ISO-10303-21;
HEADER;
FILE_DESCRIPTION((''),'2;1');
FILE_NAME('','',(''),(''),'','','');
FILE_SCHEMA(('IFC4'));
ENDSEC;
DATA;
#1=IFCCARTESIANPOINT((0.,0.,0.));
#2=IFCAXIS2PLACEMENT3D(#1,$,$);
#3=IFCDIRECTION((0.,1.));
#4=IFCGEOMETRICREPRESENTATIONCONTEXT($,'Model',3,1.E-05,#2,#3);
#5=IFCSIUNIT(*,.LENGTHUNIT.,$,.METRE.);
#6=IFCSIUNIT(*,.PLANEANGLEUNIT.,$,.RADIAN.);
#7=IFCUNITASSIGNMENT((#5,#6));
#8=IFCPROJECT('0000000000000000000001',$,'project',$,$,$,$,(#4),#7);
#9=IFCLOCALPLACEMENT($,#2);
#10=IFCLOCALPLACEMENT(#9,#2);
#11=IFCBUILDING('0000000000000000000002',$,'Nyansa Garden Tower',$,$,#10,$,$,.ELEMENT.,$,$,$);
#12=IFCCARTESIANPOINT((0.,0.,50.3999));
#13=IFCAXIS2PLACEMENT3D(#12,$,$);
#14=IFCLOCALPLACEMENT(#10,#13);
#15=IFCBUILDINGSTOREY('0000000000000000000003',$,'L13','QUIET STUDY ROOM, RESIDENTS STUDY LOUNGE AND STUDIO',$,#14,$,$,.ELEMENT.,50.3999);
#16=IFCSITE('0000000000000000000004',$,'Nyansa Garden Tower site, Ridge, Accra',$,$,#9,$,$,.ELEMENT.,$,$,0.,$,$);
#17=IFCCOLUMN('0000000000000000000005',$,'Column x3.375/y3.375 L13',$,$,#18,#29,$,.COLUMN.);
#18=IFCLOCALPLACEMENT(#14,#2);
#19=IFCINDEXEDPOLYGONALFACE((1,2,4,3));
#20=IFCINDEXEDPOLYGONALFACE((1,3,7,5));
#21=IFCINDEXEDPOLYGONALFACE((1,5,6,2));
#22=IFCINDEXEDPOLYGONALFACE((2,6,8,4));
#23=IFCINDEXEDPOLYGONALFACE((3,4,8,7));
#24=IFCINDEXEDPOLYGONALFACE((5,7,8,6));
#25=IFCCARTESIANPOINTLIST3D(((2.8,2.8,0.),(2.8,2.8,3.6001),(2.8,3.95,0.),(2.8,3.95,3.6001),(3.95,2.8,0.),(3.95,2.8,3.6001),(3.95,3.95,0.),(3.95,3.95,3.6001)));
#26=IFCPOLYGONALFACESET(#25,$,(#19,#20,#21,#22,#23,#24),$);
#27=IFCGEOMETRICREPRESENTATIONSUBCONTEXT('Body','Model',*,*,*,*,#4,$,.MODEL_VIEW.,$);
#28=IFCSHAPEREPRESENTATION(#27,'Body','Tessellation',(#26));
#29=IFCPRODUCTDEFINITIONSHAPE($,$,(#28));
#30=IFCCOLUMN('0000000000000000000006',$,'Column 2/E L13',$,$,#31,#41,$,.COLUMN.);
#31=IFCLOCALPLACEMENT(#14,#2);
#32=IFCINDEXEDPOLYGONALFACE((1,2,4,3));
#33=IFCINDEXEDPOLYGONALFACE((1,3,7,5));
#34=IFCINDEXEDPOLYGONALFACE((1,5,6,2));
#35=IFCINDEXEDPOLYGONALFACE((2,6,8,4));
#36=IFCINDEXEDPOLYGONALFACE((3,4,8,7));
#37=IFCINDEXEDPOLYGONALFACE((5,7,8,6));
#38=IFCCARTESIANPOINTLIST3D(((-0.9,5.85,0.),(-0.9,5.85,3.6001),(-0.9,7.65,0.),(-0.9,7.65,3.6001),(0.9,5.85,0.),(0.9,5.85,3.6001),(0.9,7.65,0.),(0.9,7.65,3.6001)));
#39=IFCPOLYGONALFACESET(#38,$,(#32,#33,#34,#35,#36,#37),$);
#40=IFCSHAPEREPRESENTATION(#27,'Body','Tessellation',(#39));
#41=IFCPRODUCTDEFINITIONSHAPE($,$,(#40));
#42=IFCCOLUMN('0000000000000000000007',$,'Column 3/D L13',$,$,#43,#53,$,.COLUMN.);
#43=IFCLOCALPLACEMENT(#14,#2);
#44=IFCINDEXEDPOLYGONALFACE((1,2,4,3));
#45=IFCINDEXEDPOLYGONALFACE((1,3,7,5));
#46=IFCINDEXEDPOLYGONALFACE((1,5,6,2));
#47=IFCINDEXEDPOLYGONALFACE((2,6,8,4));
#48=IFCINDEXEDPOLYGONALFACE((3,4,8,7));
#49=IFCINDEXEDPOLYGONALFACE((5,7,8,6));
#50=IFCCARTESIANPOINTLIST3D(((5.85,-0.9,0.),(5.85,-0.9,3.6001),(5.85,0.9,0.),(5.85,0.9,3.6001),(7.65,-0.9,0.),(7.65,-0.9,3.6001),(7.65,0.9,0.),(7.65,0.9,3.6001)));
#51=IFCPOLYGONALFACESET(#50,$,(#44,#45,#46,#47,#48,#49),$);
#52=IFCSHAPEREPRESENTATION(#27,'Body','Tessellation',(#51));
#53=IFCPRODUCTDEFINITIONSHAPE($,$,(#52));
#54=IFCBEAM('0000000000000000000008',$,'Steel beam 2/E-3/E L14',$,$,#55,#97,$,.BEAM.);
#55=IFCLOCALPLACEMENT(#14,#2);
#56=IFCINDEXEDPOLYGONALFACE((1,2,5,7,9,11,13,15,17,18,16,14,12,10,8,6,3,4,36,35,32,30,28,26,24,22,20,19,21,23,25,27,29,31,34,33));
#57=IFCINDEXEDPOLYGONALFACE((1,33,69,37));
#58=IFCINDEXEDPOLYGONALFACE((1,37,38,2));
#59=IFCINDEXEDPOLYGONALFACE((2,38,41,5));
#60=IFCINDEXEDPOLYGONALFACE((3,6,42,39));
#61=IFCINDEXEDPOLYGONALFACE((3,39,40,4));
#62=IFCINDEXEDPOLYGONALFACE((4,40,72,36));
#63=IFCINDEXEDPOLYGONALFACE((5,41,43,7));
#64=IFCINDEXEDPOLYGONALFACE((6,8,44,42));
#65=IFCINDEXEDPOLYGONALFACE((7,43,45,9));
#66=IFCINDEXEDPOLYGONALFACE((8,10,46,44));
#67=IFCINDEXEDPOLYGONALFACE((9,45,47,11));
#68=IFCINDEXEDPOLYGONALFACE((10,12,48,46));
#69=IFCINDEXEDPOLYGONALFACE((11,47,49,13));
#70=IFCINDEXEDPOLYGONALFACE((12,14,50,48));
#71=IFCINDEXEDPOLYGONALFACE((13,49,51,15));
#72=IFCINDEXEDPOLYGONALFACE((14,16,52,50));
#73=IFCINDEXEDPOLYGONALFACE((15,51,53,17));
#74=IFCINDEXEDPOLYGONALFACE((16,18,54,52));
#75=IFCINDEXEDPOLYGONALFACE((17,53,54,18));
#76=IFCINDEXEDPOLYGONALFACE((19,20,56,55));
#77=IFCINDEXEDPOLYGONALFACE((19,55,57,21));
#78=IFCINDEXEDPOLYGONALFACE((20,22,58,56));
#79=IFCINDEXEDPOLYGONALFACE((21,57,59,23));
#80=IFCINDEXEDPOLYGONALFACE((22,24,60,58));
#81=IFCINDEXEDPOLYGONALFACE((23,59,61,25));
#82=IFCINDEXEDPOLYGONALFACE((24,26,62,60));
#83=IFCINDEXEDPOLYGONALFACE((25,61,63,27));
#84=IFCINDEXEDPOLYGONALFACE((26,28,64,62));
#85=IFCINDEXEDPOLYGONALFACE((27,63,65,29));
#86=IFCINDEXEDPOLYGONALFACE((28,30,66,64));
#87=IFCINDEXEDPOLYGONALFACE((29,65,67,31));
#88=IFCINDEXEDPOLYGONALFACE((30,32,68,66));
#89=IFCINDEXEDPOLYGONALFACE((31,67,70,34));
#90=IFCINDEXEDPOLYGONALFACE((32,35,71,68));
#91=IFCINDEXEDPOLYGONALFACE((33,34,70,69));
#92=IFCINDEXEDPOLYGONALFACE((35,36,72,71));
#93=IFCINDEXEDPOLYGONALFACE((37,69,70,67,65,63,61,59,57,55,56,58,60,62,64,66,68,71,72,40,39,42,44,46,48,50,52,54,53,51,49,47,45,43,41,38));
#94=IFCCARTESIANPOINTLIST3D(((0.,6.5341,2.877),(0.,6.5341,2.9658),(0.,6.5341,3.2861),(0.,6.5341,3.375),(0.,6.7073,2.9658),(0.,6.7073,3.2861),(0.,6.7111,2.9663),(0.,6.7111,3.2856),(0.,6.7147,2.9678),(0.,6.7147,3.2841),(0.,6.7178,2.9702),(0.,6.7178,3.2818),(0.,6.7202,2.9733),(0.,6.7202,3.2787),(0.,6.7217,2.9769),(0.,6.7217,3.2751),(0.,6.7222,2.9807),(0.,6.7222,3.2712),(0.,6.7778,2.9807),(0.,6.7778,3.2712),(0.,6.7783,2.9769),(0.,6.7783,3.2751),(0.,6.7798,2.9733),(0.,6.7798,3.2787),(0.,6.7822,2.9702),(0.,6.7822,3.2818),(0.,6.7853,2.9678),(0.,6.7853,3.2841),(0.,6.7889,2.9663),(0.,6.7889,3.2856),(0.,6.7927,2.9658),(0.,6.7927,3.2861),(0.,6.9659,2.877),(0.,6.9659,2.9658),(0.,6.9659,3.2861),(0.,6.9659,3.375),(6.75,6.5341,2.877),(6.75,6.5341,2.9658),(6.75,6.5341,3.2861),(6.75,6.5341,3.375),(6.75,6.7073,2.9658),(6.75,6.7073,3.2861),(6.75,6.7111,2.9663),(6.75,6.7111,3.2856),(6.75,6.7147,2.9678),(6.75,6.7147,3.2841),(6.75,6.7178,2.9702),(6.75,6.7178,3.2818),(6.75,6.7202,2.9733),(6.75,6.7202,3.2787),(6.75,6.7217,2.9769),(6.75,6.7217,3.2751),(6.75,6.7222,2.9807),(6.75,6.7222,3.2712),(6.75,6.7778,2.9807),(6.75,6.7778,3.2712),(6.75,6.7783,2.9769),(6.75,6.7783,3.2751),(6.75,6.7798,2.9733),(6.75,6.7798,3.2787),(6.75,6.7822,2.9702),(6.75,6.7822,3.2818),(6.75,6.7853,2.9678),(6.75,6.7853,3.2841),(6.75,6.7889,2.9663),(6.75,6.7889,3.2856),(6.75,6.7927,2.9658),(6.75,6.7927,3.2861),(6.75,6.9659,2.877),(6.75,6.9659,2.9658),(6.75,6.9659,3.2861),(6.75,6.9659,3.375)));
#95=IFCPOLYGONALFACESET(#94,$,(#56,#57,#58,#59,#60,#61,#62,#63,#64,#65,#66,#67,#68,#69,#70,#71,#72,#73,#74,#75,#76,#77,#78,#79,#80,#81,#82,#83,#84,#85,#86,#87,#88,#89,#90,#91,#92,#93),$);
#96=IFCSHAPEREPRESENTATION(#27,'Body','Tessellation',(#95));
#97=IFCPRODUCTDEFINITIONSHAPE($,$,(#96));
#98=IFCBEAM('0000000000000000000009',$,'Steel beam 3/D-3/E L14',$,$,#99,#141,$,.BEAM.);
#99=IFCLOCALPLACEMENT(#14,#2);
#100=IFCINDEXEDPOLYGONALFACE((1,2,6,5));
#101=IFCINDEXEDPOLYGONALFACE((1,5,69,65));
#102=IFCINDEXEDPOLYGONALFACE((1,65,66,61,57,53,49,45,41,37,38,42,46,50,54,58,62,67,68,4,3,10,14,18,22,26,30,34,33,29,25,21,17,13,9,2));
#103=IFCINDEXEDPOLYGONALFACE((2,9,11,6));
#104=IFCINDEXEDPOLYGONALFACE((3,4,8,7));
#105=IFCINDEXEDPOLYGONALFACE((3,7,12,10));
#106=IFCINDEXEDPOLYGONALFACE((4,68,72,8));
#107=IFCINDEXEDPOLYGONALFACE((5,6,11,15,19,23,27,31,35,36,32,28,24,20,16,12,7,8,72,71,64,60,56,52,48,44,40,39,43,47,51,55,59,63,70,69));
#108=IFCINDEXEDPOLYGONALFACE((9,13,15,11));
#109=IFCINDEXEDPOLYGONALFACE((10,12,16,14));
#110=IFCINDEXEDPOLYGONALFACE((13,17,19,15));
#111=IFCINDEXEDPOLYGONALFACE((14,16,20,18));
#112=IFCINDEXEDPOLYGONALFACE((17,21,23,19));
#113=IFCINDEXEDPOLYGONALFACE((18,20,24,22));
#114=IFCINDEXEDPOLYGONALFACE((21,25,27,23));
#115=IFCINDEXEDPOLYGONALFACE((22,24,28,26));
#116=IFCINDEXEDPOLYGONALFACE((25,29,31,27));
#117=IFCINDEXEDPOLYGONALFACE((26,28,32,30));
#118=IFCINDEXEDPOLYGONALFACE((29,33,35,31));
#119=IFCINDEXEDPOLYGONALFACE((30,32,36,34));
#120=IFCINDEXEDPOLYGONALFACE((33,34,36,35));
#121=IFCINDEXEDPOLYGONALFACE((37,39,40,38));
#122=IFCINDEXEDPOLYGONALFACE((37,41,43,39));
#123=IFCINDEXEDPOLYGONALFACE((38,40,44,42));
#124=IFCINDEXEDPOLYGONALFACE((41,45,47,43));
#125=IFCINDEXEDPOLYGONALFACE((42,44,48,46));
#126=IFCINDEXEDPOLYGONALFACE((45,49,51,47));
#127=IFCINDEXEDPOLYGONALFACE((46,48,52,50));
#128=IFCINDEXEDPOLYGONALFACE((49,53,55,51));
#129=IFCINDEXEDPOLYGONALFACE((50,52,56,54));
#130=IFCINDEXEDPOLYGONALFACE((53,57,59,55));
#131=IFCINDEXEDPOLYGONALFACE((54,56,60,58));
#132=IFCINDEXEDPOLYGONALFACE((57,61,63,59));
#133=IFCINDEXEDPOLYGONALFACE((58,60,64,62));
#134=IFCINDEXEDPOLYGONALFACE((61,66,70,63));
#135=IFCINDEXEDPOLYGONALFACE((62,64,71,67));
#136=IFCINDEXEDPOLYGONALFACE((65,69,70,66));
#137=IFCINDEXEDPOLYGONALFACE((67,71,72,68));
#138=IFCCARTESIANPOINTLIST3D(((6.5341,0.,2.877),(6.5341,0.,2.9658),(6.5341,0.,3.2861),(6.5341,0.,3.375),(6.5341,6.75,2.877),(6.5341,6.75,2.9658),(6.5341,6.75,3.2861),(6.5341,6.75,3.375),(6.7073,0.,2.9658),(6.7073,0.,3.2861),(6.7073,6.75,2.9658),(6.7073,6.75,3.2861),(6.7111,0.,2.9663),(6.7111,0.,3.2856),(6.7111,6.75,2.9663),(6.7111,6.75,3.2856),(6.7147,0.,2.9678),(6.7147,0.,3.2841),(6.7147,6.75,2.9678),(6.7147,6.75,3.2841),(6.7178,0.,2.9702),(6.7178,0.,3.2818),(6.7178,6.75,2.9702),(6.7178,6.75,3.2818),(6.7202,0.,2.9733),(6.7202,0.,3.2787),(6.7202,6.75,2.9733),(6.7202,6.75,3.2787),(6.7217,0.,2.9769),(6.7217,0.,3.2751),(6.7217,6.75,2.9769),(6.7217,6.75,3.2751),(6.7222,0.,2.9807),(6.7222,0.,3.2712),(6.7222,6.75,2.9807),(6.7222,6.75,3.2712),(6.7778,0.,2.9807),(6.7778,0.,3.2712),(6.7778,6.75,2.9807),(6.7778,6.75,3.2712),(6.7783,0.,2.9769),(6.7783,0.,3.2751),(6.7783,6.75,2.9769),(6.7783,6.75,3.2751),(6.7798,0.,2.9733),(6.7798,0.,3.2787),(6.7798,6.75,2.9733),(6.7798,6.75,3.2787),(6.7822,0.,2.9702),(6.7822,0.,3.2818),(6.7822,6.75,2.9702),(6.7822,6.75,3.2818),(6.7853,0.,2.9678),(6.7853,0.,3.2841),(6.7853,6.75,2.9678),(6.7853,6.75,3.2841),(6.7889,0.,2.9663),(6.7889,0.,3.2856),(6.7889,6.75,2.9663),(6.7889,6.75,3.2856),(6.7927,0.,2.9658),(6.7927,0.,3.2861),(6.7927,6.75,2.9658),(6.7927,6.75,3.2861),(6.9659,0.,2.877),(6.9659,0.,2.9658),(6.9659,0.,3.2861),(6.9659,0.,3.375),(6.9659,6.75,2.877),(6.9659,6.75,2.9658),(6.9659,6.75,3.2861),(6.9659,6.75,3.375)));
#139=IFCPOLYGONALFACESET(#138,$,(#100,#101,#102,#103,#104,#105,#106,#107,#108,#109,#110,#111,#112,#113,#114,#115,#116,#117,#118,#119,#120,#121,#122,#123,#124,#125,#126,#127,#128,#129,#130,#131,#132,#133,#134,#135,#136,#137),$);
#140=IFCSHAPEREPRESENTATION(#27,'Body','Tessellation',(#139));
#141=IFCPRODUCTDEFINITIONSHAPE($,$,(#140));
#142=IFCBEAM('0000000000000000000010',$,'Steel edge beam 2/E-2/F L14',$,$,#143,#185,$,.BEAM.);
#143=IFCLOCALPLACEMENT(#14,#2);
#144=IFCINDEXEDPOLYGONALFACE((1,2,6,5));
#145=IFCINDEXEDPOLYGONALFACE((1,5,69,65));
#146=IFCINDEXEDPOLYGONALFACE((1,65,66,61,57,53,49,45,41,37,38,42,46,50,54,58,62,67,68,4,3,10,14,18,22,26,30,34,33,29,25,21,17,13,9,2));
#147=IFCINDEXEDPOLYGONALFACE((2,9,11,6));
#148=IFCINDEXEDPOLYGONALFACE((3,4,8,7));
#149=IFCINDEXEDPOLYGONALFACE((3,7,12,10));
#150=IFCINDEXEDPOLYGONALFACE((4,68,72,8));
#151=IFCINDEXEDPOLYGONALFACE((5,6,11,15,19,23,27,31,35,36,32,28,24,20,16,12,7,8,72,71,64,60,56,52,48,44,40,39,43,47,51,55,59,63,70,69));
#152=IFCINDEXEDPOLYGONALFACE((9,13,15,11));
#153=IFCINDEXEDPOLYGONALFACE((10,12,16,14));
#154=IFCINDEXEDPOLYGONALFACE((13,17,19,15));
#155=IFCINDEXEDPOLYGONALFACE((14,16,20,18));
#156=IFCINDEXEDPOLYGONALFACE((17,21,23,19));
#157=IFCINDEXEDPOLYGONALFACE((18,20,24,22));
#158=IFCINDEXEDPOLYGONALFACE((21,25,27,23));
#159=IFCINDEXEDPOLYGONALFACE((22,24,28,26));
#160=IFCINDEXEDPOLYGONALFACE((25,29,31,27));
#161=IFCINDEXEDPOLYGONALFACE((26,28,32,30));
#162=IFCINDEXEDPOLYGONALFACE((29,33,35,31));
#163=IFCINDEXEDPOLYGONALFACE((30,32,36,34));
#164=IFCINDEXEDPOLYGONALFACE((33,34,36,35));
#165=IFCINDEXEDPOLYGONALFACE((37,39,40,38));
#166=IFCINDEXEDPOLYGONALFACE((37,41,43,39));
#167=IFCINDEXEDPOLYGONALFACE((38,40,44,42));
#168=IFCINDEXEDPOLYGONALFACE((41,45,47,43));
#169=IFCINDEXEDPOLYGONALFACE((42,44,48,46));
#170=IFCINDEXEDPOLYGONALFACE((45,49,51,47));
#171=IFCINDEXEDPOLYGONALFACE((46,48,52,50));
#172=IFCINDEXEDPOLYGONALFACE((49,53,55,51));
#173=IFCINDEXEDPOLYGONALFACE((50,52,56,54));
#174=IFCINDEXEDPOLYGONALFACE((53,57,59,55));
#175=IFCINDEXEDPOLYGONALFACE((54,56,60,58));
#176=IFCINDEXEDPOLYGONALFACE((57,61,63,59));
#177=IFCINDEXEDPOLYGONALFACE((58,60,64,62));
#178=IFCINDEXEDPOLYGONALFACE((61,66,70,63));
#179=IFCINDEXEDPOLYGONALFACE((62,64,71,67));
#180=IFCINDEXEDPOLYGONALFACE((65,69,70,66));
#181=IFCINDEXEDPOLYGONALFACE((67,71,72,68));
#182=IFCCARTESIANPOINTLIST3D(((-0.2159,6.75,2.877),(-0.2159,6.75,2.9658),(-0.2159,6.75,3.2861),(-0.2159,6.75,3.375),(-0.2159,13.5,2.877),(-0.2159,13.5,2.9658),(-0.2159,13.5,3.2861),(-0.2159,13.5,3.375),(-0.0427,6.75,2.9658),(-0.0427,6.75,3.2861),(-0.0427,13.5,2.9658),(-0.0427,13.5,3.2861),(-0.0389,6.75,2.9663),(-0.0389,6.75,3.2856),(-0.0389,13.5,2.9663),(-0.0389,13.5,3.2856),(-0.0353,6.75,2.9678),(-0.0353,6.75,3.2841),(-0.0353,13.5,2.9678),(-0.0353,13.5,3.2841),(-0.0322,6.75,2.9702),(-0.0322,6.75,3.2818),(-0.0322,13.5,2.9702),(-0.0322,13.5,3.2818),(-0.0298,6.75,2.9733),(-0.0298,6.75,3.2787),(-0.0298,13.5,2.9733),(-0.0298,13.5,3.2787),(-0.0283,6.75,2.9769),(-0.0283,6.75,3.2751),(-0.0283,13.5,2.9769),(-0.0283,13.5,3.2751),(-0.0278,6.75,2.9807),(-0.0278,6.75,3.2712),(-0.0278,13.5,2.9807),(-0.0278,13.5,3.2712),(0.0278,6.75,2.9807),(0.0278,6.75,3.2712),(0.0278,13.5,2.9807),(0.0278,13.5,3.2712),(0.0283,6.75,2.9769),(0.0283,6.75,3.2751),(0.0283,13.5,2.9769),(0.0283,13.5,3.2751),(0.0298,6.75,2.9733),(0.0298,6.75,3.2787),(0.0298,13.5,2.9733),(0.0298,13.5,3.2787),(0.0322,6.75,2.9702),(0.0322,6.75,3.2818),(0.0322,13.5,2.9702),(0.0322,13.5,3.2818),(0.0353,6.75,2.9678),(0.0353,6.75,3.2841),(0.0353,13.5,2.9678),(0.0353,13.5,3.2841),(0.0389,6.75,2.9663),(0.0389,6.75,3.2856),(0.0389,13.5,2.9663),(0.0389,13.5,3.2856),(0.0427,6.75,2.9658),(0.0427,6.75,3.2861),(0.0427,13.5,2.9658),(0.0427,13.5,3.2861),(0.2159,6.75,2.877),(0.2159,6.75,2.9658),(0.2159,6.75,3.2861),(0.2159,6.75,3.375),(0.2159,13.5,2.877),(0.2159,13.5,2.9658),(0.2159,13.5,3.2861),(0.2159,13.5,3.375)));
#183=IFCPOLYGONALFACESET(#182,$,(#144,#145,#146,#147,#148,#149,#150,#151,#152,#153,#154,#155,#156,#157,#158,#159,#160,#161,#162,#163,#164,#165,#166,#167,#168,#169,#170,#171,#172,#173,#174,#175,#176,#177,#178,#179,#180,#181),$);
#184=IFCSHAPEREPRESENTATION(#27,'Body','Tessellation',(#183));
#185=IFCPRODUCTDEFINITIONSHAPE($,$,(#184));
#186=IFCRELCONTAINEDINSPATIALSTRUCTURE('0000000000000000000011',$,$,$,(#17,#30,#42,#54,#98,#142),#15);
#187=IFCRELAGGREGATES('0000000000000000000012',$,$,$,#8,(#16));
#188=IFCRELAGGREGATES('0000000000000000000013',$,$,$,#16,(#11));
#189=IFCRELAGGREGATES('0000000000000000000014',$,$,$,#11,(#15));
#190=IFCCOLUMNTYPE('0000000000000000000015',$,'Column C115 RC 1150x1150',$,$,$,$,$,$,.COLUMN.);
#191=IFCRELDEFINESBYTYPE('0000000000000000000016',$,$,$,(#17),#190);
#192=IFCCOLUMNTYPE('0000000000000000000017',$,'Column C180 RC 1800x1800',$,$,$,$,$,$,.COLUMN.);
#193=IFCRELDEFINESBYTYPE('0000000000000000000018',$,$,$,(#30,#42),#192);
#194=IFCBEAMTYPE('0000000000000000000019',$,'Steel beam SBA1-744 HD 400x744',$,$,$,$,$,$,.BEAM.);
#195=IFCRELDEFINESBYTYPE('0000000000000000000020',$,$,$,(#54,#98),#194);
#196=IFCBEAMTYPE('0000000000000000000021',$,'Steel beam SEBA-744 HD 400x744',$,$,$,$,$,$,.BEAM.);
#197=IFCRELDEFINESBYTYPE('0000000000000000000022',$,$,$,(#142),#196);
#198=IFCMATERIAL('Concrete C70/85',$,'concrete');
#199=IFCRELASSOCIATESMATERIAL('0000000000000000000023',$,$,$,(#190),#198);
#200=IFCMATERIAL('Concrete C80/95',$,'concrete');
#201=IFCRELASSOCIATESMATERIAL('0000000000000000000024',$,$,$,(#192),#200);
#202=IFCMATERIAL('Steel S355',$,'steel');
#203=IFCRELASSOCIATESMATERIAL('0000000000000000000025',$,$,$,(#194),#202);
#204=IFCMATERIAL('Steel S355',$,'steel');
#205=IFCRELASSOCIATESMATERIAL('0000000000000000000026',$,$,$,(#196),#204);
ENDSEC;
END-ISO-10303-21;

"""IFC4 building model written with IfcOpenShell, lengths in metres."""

from ifc_helpers import new_model, si_unit, direction, frame, origin, origin_2d, place, context, subcontext, project, spatial, rectangle, i_section, extrude, material, material_profile, profile_set, type_object, element, save


model = new_model("IFC4")

# Units and contexts
model_context = context("Model", 3, precision=1e-05, world=origin(), true_north=direction((0.0, 1.0)))
body_context = subcontext(model_context, "Body", "Model", "MODEL_VIEW")
ifc_project = project(units=[si_unit("LENGTHUNIT", "METRE"), si_unit("PLANEANGLEUNIT", "RADIAN")], contexts=[model_context])

# Site, building, storey
site_placement = place(None, origin())
site = spatial("IfcSite", under=ifc_project, at=site_placement, Name="Nyansa Garden Tower site, Ridge, Accra", CompositionType="ELEMENT", RefElevation=0.0)
building_placement = place(site_placement, origin())
building = spatial("IfcBuilding", under=site, at=building_placement, Name="Nyansa Garden Tower", CompositionType="ELEMENT")
storey_placement = place(building_placement, frame((0.0, 0.0, 50.3999)))
storey = spatial("IfcBuildingStorey", under=building, at=storey_placement, Name="L13", Description="QUIET STUDY ROOM, RESIDENTS STUDY LOUNGE AND STUDIO", CompositionType="ELEMENT", Elevation=50.3999)

# Columns
ifc_material_1 = material(Name="Concrete C70/85", Category="concrete")
ifc_material_profile_1 = material_profile(ifc_material_1, rectangle(XDim=1.1499, YDim=1.1499, at=origin_2d()), Name="RC 1150x1150")
ifc_profile_set_1 = profile_set([ifc_material_profile_1], Name="Concrete C70/85")
column_type_1 = type_object("IfcColumnType", Name="Column C115 RC 1150x1150", PredefinedType="COLUMN", material=ifc_profile_set_1)
column_placement = place(storey_placement, frame((3.375, 3.375, 0.0), z_axis=(0.0, 0.0, 1.0), x_axis=(1.0, 0.0, 0.0)))
element("IfcColumn", 1, at=column_placement, inside=storey, type_object=column_type_1, Name="Column x3.375/y3.375 L13", PredefinedType="COLUMN", context=body_context, shape_type="SweptSolid", body=[
    extrude(rectangle(XDim=1.1499, YDim=1.1499, at=origin_2d()), origin(), (0.0, 0.0, 1.0), 3.6001),
])
ifc_material_2 = material(Name="Concrete C80/95", Category="concrete")
ifc_material_profile_2 = material_profile(ifc_material_2, rectangle(XDim=1.8, YDim=1.8, at=origin_2d()), Name="RC 1800x1800")
ifc_profile_set_2 = profile_set([ifc_material_profile_2], Name="Concrete C80/95")
column_type_2 = type_object("IfcColumnType", Name="Column C180 RC 1800x1800", PredefinedType="COLUMN", material=ifc_profile_set_2)
for number, where, z_axis, x_axis, name in (
    (2, (0.0, 6.75, 0.0), (0.0, 0.0, 1.0), (1.0, 0.0, 0.0), "Column 2/E L13"),
    (3, (6.75, 0.0, 0.0), (0.0, 0.0, 1.0), (1.0, 0.0, 0.0), "Column 3/D L13"),
):
    element("IfcColumn", number, at=place(storey_placement, frame(where, z_axis=z_axis, x_axis=x_axis)), inside=storey, type_object=column_type_2, Name=name, PredefinedType="COLUMN", context=body_context, shape_type="SweptSolid", body=[
        extrude(rectangle(XDim=1.8, YDim=1.8, at=origin_2d()), origin(), (0.0, 0.0, 1.0), 3.6001),
    ])

# Beams
ifc_material_3 = material(Name="Steel S355", Category="steel")
ifc_material_profile_3 = material_profile(ifc_material_3, i_section(OverallWidth=0.4319, OverallDepth=0.498, WebThickness=0.0557, FlangeThickness=0.0889, FilletRadius=0.0149, at=origin_2d()), Name="HD 400x744")
ifc_profile_set_3 = profile_set([ifc_material_profile_3], Name="Steel S355")
beam_type_1 = type_object("IfcBeamType", Name="Steel beam SBA1-744 HD 400x744", PredefinedType="BEAM", material=ifc_profile_set_3)
for number, where, z_axis, x_axis, name in (
    (4, (0.0, 6.75, 3.126), (1.0, 0.0, 0.0), (0.0, 1.0, 0.0), "Steel beam 2/E-3/E L14"),
    (5, (6.75, 0.0, 3.126), (0.0, 1.0, 0.0), (-1.0, 0.0, 0.0), "Steel beam 3/D-3/E L14"),
):
    element("IfcBeam", number, at=place(storey_placement, frame(where, z_axis=z_axis, x_axis=x_axis)), inside=storey, type_object=beam_type_1, Name=name, PredefinedType="BEAM", context=body_context, shape_type="SweptSolid", body=[
        extrude(i_section(OverallWidth=0.4319, OverallDepth=0.498, WebThickness=0.0557, FlangeThickness=0.0889, FilletRadius=0.0149, at=origin_2d()), origin(), (0.0, 0.0, 1.0), 6.75),
    ])
ifc_material_4 = material(Name="Steel S355", Category="steel")
ifc_material_profile_4 = material_profile(ifc_material_4, i_section(OverallWidth=0.4319, OverallDepth=0.498, WebThickness=0.0557, FlangeThickness=0.0889, FilletRadius=0.0149, at=origin_2d()), Name="HD 400x744")
ifc_profile_set_4 = profile_set([ifc_material_profile_4], Name="Steel S355")
beam_type_2 = type_object("IfcBeamType", Name="Steel beam SEBA-744 HD 400x744", PredefinedType="BEAM", material=ifc_profile_set_4)
beam_placement = place(storey_placement, frame((0.0, 6.75, 3.126), z_axis=(0.0, 1.0, 0.0), x_axis=(-1.0, 0.0, 0.0)))
element("IfcBeam", 6, at=beam_placement, inside=storey, type_object=beam_type_2, Name="Steel edge beam 2/E-2/F L14", PredefinedType="BEAM", context=body_context, shape_type="SweptSolid", body=[
    extrude(i_section(OverallWidth=0.4319, OverallDepth=0.498, WebThickness=0.0557, FlangeThickness=0.0889, FilletRadius=0.0149, at=origin_2d()), origin(), (0.0, 0.0, 1.0), 6.75),
])

save(model, "model.ifc")
